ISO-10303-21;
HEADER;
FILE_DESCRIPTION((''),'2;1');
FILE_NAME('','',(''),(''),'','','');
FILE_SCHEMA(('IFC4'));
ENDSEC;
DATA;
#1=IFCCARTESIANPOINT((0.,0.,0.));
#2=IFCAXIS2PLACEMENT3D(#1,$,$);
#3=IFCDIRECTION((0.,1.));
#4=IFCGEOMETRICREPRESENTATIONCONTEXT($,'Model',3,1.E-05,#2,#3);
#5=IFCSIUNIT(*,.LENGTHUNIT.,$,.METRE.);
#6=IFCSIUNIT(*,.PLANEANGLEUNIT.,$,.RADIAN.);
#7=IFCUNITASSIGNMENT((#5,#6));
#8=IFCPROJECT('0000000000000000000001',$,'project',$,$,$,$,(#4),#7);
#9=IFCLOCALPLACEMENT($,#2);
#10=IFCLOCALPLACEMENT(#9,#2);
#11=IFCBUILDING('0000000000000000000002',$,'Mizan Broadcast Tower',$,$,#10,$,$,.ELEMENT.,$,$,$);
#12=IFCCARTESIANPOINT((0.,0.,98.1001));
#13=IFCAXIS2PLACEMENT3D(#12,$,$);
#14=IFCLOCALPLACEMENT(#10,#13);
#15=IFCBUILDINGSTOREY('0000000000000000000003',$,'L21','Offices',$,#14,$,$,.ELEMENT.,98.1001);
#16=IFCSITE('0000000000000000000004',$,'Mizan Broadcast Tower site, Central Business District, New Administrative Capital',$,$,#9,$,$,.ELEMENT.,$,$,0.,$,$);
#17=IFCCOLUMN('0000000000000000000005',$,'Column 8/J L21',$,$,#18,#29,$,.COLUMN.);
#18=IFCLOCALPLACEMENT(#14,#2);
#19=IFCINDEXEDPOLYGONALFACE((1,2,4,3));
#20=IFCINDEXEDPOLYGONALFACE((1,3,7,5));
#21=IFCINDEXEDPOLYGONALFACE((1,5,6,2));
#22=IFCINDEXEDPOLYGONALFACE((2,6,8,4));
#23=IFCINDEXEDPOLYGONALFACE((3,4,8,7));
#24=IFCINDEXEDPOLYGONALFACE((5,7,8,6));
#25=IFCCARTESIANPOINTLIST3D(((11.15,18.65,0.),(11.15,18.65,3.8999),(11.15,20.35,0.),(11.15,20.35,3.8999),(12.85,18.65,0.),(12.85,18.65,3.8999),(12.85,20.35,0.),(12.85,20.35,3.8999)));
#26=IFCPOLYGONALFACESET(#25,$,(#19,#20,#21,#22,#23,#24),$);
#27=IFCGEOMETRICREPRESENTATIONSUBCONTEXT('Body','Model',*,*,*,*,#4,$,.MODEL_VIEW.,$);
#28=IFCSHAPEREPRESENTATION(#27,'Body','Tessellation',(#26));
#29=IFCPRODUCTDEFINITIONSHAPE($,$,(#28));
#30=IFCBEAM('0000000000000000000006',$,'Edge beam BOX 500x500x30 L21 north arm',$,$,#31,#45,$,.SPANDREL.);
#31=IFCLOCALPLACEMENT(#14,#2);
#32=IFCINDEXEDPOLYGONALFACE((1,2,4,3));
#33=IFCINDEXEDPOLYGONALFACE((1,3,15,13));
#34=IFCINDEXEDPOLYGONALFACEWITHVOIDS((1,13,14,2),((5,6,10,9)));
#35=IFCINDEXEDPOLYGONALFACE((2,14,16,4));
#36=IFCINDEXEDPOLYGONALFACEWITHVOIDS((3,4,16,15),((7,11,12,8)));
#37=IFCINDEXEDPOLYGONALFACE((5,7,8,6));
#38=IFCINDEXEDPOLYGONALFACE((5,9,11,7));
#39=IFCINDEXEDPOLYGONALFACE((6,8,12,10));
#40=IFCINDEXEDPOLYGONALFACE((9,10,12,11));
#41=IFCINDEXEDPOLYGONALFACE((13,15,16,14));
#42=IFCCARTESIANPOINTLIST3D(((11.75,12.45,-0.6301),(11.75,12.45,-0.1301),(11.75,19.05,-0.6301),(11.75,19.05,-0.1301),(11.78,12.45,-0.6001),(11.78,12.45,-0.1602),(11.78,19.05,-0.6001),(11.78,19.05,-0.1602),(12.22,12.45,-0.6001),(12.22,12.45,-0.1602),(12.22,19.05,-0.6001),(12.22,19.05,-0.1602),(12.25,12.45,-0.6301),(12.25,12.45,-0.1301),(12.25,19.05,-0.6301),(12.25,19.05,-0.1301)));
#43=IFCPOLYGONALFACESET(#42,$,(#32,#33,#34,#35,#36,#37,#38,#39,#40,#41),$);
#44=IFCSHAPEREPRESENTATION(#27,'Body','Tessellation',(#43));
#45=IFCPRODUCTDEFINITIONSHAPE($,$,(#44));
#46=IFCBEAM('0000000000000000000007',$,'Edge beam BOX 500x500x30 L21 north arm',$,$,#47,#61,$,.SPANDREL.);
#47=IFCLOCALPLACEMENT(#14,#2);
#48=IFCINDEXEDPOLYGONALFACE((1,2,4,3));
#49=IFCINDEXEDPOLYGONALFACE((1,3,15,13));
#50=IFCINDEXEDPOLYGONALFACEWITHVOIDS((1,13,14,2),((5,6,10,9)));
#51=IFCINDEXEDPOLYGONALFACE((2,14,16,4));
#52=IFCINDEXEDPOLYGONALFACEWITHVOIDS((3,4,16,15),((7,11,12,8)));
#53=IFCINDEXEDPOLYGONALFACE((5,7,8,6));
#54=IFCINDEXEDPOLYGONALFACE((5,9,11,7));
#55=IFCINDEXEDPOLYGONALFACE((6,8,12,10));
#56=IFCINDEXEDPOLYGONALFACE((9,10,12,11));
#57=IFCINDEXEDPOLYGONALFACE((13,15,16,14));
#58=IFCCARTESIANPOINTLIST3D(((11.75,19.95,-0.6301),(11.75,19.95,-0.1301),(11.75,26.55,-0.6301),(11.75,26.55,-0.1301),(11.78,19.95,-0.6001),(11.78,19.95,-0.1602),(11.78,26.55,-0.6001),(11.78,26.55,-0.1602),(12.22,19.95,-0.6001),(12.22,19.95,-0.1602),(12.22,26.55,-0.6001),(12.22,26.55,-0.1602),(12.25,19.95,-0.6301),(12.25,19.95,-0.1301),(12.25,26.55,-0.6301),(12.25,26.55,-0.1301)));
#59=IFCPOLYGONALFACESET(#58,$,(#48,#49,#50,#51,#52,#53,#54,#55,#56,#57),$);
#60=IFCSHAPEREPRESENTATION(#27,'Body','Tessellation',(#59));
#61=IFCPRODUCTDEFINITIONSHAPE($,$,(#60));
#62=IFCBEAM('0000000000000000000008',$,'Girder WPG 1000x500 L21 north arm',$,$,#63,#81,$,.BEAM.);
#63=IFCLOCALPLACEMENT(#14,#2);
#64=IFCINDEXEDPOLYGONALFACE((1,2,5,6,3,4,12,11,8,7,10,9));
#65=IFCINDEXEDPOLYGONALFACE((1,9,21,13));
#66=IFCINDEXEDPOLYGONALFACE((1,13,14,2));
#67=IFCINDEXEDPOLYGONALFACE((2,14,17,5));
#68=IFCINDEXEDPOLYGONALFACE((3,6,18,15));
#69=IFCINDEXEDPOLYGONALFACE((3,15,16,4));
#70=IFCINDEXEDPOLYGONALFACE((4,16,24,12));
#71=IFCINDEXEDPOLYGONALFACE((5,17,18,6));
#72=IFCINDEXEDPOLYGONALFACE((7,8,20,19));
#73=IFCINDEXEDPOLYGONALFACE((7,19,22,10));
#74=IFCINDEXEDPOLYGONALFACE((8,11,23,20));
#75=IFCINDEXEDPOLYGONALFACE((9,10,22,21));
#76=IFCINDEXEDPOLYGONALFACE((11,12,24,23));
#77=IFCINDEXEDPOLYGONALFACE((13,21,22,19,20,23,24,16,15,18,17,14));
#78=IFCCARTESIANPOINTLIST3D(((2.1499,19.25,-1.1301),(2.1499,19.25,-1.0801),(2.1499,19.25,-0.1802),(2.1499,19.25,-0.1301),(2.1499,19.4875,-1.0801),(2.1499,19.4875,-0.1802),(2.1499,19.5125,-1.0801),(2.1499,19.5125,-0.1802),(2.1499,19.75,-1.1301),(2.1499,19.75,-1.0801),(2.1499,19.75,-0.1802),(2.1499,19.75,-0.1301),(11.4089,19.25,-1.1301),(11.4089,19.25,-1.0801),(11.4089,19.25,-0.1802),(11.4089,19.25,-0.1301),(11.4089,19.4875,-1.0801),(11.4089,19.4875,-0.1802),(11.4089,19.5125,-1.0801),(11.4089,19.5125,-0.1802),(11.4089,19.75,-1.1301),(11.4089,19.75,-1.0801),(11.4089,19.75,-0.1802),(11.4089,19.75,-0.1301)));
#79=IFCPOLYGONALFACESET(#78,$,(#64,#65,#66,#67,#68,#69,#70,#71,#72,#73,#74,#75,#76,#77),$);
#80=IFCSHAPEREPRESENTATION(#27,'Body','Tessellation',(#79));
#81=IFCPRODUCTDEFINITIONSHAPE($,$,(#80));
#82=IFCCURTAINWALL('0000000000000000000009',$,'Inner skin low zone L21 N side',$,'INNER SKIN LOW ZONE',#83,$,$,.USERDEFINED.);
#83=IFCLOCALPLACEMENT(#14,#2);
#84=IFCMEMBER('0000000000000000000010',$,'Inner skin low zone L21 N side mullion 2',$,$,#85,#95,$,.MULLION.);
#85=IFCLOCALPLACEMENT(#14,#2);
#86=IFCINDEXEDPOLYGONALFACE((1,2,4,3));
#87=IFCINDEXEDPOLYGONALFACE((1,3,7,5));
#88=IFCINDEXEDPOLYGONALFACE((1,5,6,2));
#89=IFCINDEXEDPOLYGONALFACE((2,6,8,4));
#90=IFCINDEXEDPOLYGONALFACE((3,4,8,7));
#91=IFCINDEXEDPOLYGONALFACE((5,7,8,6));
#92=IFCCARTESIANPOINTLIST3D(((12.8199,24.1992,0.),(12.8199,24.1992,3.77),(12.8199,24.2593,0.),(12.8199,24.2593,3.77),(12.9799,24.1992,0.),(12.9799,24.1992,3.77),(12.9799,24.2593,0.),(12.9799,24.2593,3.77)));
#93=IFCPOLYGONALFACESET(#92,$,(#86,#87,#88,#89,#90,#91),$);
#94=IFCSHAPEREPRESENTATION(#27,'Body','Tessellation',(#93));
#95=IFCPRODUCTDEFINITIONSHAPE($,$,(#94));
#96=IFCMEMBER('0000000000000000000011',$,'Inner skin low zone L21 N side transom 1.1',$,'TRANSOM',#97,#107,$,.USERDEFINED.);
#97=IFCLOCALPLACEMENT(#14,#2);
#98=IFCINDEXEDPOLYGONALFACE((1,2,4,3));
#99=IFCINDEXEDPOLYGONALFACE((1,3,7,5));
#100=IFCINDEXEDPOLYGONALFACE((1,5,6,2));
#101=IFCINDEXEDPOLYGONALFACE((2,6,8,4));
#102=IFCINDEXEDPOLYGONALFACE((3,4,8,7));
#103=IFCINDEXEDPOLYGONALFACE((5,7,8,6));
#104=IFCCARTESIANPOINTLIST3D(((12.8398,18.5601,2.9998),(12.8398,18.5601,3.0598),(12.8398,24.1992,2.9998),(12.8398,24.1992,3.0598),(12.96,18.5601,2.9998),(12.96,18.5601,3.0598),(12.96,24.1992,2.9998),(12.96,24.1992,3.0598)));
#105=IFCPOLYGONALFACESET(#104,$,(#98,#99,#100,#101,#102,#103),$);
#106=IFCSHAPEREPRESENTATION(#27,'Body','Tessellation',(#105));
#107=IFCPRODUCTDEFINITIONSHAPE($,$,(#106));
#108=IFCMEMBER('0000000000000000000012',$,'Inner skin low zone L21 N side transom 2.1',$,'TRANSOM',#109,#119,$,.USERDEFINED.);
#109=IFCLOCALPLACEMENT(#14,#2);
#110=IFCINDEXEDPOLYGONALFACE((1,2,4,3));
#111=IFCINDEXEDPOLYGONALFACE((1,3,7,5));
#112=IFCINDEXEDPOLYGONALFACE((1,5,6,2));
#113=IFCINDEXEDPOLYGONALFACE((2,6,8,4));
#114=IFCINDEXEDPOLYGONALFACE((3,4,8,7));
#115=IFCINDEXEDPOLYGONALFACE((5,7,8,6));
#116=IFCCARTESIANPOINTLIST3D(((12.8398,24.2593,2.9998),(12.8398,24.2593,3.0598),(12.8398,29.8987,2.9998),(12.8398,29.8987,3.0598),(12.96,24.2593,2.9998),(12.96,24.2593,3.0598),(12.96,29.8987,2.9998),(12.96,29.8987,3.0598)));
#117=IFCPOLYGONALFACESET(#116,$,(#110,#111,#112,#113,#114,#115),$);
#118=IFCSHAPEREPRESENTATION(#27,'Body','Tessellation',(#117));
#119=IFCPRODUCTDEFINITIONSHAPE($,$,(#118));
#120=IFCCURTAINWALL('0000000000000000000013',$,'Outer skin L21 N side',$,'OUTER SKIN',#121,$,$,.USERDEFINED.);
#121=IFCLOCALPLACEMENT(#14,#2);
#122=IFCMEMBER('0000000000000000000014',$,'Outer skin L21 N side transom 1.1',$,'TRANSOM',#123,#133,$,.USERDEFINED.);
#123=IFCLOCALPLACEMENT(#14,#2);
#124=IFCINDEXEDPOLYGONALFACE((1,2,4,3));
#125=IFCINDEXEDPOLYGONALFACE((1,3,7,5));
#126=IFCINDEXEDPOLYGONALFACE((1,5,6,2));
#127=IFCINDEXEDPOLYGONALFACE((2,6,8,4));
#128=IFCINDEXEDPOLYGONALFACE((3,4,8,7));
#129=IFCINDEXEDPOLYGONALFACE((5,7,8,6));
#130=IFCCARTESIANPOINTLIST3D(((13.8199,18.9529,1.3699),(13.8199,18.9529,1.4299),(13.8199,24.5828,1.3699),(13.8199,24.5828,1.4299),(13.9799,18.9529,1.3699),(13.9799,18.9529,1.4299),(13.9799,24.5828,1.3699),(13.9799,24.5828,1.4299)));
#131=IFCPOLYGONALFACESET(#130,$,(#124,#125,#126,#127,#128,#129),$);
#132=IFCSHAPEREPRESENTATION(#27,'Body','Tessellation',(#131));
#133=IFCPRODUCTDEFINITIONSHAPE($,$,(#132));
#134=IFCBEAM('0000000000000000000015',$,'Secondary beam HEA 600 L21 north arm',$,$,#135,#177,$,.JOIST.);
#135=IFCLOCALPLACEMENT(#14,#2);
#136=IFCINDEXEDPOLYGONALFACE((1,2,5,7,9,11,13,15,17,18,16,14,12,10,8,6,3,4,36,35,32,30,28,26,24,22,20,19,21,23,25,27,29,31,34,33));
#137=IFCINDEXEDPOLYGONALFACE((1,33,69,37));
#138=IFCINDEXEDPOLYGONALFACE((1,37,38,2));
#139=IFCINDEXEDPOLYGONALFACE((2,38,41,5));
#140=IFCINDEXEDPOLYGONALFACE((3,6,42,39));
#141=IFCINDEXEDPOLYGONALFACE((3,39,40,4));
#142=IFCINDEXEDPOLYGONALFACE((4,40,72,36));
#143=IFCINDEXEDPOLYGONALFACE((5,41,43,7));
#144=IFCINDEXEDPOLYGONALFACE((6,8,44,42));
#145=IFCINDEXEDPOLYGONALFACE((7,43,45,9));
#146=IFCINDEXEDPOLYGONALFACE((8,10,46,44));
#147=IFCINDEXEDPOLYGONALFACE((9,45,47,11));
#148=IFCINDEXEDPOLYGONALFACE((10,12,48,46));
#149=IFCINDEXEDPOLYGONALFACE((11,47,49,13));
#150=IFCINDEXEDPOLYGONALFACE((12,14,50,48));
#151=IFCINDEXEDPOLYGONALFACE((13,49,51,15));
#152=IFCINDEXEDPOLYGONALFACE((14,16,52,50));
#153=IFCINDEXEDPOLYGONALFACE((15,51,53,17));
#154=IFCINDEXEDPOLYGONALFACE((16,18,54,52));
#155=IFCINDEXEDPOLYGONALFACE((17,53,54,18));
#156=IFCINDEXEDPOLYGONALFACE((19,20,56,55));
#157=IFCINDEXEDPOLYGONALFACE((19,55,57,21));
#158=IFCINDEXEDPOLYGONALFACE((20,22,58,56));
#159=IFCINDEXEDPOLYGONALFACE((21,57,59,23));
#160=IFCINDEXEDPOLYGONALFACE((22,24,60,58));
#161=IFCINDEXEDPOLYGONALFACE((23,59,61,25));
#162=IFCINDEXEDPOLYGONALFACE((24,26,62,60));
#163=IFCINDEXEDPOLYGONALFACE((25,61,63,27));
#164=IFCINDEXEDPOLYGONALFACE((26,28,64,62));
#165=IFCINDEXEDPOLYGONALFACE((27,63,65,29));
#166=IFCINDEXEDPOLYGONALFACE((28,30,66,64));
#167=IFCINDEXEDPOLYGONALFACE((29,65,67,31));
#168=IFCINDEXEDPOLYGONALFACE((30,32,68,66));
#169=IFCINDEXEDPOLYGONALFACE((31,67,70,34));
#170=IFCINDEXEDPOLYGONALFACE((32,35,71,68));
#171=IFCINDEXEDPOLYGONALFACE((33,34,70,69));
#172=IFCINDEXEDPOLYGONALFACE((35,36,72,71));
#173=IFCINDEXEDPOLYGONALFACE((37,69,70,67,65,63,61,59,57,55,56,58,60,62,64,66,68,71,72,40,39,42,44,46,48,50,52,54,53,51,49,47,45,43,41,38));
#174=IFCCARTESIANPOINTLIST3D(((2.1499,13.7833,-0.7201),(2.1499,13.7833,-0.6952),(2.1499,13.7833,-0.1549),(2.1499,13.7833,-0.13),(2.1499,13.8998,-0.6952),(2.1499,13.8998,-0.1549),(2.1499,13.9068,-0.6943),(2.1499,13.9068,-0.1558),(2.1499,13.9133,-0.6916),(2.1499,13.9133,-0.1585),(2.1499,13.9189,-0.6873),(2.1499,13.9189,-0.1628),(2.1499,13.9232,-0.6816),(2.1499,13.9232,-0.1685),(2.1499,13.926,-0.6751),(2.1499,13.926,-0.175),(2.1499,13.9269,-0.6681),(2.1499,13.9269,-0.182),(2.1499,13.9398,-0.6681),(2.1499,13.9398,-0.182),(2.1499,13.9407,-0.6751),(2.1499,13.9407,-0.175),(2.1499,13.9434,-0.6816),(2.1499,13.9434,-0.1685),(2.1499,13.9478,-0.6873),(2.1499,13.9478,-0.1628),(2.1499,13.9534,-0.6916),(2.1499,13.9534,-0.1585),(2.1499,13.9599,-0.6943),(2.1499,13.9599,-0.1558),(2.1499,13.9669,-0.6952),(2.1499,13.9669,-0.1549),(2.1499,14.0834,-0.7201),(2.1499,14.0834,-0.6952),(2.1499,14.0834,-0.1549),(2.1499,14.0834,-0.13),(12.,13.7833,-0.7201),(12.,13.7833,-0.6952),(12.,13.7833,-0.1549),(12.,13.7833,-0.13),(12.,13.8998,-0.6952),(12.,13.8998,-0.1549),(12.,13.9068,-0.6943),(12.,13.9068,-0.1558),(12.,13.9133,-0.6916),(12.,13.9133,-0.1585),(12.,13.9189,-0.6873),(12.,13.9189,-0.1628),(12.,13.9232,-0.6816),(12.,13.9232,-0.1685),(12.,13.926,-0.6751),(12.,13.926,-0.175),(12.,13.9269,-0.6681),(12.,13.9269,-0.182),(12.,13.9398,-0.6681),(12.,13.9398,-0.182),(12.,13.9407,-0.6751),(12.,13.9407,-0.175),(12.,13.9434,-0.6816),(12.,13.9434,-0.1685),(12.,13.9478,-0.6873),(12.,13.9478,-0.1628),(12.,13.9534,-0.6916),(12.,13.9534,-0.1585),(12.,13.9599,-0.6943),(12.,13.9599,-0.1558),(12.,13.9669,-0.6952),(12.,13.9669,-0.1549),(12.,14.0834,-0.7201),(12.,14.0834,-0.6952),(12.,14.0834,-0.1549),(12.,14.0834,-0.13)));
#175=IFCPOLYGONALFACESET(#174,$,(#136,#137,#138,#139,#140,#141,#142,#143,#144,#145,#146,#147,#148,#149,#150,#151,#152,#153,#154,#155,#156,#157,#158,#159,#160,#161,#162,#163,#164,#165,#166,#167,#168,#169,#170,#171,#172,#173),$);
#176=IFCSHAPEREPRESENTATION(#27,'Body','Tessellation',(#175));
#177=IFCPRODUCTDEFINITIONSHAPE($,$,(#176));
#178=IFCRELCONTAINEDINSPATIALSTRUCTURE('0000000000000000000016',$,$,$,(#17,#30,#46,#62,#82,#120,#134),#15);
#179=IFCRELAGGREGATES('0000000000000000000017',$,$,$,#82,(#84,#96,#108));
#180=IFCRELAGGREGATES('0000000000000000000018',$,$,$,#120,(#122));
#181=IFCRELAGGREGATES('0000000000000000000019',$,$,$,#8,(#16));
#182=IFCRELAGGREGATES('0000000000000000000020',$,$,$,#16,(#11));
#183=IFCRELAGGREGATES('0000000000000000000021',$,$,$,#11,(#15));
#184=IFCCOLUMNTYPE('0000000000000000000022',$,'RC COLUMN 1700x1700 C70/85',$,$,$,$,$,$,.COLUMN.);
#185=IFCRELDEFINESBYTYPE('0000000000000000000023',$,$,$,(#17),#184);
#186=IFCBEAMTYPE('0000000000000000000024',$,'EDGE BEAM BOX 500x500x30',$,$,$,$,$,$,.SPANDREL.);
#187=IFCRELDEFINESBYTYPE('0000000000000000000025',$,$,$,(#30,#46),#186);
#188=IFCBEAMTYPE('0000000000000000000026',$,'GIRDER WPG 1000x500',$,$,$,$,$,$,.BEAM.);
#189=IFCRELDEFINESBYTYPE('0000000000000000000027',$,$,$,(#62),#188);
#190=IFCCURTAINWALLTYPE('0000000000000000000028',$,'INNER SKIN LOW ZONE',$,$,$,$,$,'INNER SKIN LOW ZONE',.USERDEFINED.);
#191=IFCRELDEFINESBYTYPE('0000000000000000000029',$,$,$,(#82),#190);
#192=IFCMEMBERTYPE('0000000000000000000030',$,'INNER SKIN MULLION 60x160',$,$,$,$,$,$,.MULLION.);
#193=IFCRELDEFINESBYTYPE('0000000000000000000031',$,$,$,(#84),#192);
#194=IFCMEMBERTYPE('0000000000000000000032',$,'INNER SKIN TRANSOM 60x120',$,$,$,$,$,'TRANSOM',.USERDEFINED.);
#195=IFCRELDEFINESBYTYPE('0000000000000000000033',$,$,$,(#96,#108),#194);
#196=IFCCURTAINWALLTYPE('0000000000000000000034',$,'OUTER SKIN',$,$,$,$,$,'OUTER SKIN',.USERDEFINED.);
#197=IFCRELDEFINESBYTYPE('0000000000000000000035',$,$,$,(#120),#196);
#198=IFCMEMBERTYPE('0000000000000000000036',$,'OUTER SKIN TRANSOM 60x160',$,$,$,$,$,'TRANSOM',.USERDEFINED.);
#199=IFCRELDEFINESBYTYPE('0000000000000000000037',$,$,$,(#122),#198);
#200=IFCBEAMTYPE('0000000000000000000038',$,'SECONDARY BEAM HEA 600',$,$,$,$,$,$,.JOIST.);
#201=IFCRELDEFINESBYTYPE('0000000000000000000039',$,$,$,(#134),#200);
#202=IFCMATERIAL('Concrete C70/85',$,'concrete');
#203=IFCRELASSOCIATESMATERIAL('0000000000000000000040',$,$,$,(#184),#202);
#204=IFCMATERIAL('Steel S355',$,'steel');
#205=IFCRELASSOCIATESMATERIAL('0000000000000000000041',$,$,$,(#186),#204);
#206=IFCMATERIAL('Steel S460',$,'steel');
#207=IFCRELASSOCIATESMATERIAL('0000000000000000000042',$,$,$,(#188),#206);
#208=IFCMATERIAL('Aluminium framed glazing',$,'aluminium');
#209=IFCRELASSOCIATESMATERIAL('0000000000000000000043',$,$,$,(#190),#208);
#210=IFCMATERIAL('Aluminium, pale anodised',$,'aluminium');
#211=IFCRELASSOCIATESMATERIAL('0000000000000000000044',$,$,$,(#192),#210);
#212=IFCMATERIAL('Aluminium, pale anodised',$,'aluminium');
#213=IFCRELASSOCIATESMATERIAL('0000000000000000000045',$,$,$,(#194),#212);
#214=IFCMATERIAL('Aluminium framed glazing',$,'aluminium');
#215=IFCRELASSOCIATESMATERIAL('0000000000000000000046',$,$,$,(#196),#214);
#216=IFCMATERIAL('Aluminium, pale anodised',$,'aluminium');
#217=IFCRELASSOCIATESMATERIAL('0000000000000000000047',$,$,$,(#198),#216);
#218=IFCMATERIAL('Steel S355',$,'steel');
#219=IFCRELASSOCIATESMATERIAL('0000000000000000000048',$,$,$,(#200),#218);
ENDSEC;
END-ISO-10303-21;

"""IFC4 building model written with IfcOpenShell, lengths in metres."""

from ifc_helpers import new_model, si_unit, direction, frame, origin, origin_2d, place, context, subcontext, project, spatial, rectangle, hollow_rectangle, i_section, extrude, material, material_profile, profile_set, type_object, element, aggregate, save


model = new_model("IFC4")

# Units and contexts
model_context = context("Model", 3, precision=1e-05, world=origin(), true_north=direction((0.0, 1.0)))
body_context = subcontext(model_context, "Body", "Model", "MODEL_VIEW")
ifc_project = project(units=[si_unit("LENGTHUNIT", "METRE"), si_unit("PLANEANGLEUNIT", "RADIAN")], contexts=[model_context])

# Site, building, storey
site_placement = place(None, origin())
site = spatial("IfcSite", under=ifc_project, at=site_placement, Name="Mizan Broadcast Tower site, Central Business District, New Administrative Capital", CompositionType="ELEMENT", RefElevation=0.0)
building_placement = place(site_placement, origin())
building = spatial("IfcBuilding", under=site, at=building_placement, Name="Mizan Broadcast Tower", CompositionType="ELEMENT")
storey_placement = place(building_placement, frame((0.0, 0.0, 98.1001)))
storey = spatial("IfcBuildingStorey", under=building, at=storey_placement, Name="L21", Description="Offices", CompositionType="ELEMENT", Elevation=98.1001)

# Column
ifc_material_1 = material(Name="Concrete C70/85", Category="concrete")
ifc_material_profile_1 = material_profile(ifc_material_1, rectangle(XDim=1.7, YDim=1.7, at=origin_2d()), Name="RC 1700x1700")
ifc_profile_set_1 = profile_set([ifc_material_profile_1], Name="Concrete C70/85")
column_type = type_object("IfcColumnType", Name="RC COLUMN 1700x1700 C70/85", PredefinedType="COLUMN", material=ifc_profile_set_1)
column_placement = place(storey_placement, frame((12.0, 19.5, 0.0), z_axis=(0.0, 0.0, 1.0), x_axis=(1.0, 0.0, 0.0)))
element("IfcColumn", 1, at=column_placement, inside=storey, type_object=column_type, Name="Column 8/J L21", PredefinedType="COLUMN", context=body_context, shape_type="SweptSolid", body=[
    extrude(rectangle(XDim=1.7, YDim=1.7, at=origin_2d()), origin(), (0.0, 0.0, 1.0), 3.8999),
])

# Beams
ifc_material_2 = material(Name="Steel S355", Category="steel")
ifc_material_profile_2 = material_profile(ifc_material_2, hollow_rectangle(XDim=0.5, YDim=0.5, WallThickness=0.03, at=origin_2d()), Name="BOX 500x500x30")
ifc_profile_set_2 = profile_set([ifc_material_profile_2], Name="Steel S355")
beam_type_1 = type_object("IfcBeamType", Name="EDGE BEAM BOX 500x500x30", PredefinedType="SPANDREL", material=ifc_profile_set_2)
for number, where, z_axis, x_axis, name in (
    (2, (12.0, 12.45, -0.3801), (0.0, 1.0, 0.0), (-1.0, 0.0, 0.0), "Edge beam BOX 500x500x30 L21 north arm"),
    (3, (12.0, 19.95, -0.3801), (0.0, 1.0, 0.0), (-1.0, 0.0, 0.0), "Edge beam BOX 500x500x30 L21 north arm"),
):
    element("IfcBeam", number, at=place(storey_placement, frame(where, z_axis=z_axis, x_axis=x_axis)), inside=storey, type_object=beam_type_1, Name=name, PredefinedType="SPANDREL", context=body_context, shape_type="SweptSolid", body=[
        extrude(hollow_rectangle(XDim=0.5, YDim=0.5, WallThickness=0.03, at=origin_2d()), origin(), (0.0, 0.0, 1.0), 6.6001),
    ])
ifc_material_3 = material(Name="Steel S460", Category="steel")
ifc_material_profile_3 = material_profile(ifc_material_3, i_section(OverallWidth=0.5, OverallDepth=1.0, WebThickness=0.0249, FlangeThickness=0.05, at=origin_2d()), Name="WPG 1000x500")
ifc_profile_set_3 = profile_set([ifc_material_profile_3], Name="Steel S460")
beam_type_2 = type_object("IfcBeamType", Name="GIRDER WPG 1000x500", PredefinedType="BEAM", material=ifc_profile_set_3)
beam_placement = place(storey_placement, frame((11.4089, 19.5, -0.6301), z_axis=(-1.0, 0.0, 0.0), x_axis=(0.0, -1.0, 0.0)))
element("IfcBeam", 4, at=beam_placement, inside=storey, type_object=beam_type_2, Name="Girder WPG 1000x500 L21 north arm", PredefinedType="BEAM", context=body_context, shape_type="SweptSolid", body=[
    extrude(i_section(OverallWidth=0.5, OverallDepth=1.0, WebThickness=0.0249, FlangeThickness=0.05, at=origin_2d()), origin(), (0.0, 0.0, 1.0), 9.259),
])

# Curtain wall, members
ifc_material_4 = material(Name="Aluminium framed glazing", Category="aluminium")
curtain_wall_type_1 = type_object("IfcCurtainWallType", Name="INNER SKIN LOW ZONE", ElementType="INNER SKIN LOW ZONE", PredefinedType="USERDEFINED", material=ifc_material_4)
curtain_wall_1_placement = place(storey_placement, origin())
curtain_wall_1 = element("IfcCurtainWall", 5, at=curtain_wall_1_placement, inside=storey, type_object=curtain_wall_type_1, Name="Inner skin low zone L21 N side", ObjectType="INNER SKIN LOW ZONE", PredefinedType="USERDEFINED")
ifc_material_5 = material(Name="Aluminium, pale anodised", Category="aluminium")
ifc_material_profile_4 = material_profile(ifc_material_5, rectangle(XDim=0.1599, YDim=0.0601, at=origin_2d()), Name="MULLION 160x60")
ifc_profile_set_4 = profile_set([ifc_material_profile_4], Name="Aluminium, pale anodised")
member_type_1 = type_object("IfcMemberType", Name="INNER SKIN MULLION 60x160", PredefinedType="MULLION", material=ifc_profile_set_4)
member_1_placement = place(storey_placement, frame((12.8999, 24.2292, 0.0), z_axis=(0.0, 0.0, 1.0), x_axis=(-1.0, 0.0, 0.0)))
member_1 = element("IfcMember", 6, at=member_1_placement, type_object=member_type_1, Name="Inner skin low zone L21 N side mullion 2", PredefinedType="MULLION", context=body_context, shape_type="SweptSolid", body=[
    extrude(rectangle(XDim=0.1599, YDim=0.0601, at=origin_2d()), origin(), (0.0, 0.0, 1.0), 3.77),
])
ifc_material_6 = material(Name="Aluminium, pale anodised", Category="aluminium")
ifc_material_profile_5 = material_profile(ifc_material_6, rectangle(XDim=0.1201, YDim=0.0601, at=origin_2d()), Name="TRANSOM 120x60")
ifc_profile_set_5 = profile_set([ifc_material_profile_5], Name="Aluminium, pale anodised")
member_type_2 = type_object("IfcMemberType", Name="INNER SKIN TRANSOM 60x120", ElementType="TRANSOM", PredefinedType="USERDEFINED", material=ifc_profile_set_5)
member_2_placement = place(storey_placement, frame((12.8999, 18.5601, 3.0298), z_axis=(0.0, 1.0, 0.0), x_axis=(-1.0, 0.0, 0.0)))
member_2 = element("IfcMember", 7, at=member_2_placement, type_object=member_type_2, Name="Inner skin low zone L21 N side transom 1.1", ObjectType="TRANSOM", PredefinedType="USERDEFINED", context=body_context, shape_type="SweptSolid", body=[
    extrude(rectangle(XDim=0.1201, YDim=0.0601, at=origin_2d()), origin(), (0.0, 0.0, 1.0), 5.6392),
])
member_3_placement = place(storey_placement, frame((12.8999, 24.2593, 3.0298), z_axis=(0.0, 1.0, 0.0), x_axis=(-1.0, 0.0, 0.0)))
member_3 = element("IfcMember", 8, at=member_3_placement, type_object=member_type_2, Name="Inner skin low zone L21 N side transom 2.1", ObjectType="TRANSOM", PredefinedType="USERDEFINED", context=body_context, shape_type="SweptSolid", body=[
    extrude(rectangle(XDim=0.1201, YDim=0.0601, at=origin_2d()), origin(), (0.0, 0.0, 1.0), 5.6394),
])

# Curtain wall, member
ifc_material_7 = material(Name="Aluminium framed glazing", Category="aluminium")
curtain_wall_type_2 = type_object("IfcCurtainWallType", Name="OUTER SKIN", ElementType="OUTER SKIN", PredefinedType="USERDEFINED", material=ifc_material_7)
curtain_wall_2_placement = place(storey_placement, origin())
curtain_wall_2 = element("IfcCurtainWall", 9, at=curtain_wall_2_placement, inside=storey, type_object=curtain_wall_type_2, Name="Outer skin L21 N side", ObjectType="OUTER SKIN", PredefinedType="USERDEFINED")
ifc_material_8 = material(Name="Aluminium, pale anodised", Category="aluminium")
ifc_material_profile_6 = material_profile(ifc_material_8, rectangle(XDim=0.1599, YDim=0.0601, at=origin_2d()), Name="TRANSOM 160x60")
ifc_profile_set_6 = profile_set([ifc_material_profile_6], Name="Aluminium, pale anodised")
member_type_3 = type_object("IfcMemberType", Name="OUTER SKIN TRANSOM 60x160", ElementType="TRANSOM", PredefinedType="USERDEFINED", material=ifc_profile_set_6)
member_4_placement = place(storey_placement, frame((13.8999, 18.9529, 1.3999), z_axis=(0.0, 1.0, 0.0), x_axis=(-1.0, 0.0, 0.0)))
member_4 = element("IfcMember", 10, at=member_4_placement, type_object=member_type_3, Name="Outer skin L21 N side transom 1.1", ObjectType="TRANSOM", PredefinedType="USERDEFINED", context=body_context, shape_type="SweptSolid", body=[
    extrude(rectangle(XDim=0.1599, YDim=0.0601, at=origin_2d()), origin(), (0.0, 0.0, 1.0), 5.6299),
])

# Beam
ifc_material_9 = material(Name="Steel S355", Category="steel")
ifc_material_profile_7 = material_profile(ifc_material_9, i_section(OverallWidth=0.3, OverallDepth=0.5901, WebThickness=0.0129, FlangeThickness=0.0249, FilletRadius=0.0271, at=origin_2d()), Name="HEA 600")
ifc_profile_set_7 = profile_set([ifc_material_profile_7], Name="Steel S355")
beam_type_3 = type_object("IfcBeamType", Name="SECONDARY BEAM HEA 600", PredefinedType="JOIST", material=ifc_profile_set_7)
for number, where, z_axis, x_axis, name in (
    (11, (12.0, 13.9333, -0.425), (-1.0, 0.0, 0.0), (0.0, -1.0, 0.0), "Secondary beam HEA 600 L21 north arm"),
):
    element("IfcBeam", number, at=place(storey_placement, frame(where, z_axis=z_axis, x_axis=x_axis)), inside=storey, type_object=beam_type_3, Name=name, PredefinedType="JOIST", context=body_context, shape_type="SweptSolid", body=[
        extrude(i_section(OverallWidth=0.3, OverallDepth=0.5901, WebThickness=0.0129, FlangeThickness=0.0249, FilletRadius=0.0271, at=origin_2d()), origin(), (0.0, 0.0, 1.0), 9.8501),
    ])

aggregate(curtain_wall_1, [member_1, member_2, member_3])
aggregate(curtain_wall_2, [member_4])

save(model, "model.ifc")
